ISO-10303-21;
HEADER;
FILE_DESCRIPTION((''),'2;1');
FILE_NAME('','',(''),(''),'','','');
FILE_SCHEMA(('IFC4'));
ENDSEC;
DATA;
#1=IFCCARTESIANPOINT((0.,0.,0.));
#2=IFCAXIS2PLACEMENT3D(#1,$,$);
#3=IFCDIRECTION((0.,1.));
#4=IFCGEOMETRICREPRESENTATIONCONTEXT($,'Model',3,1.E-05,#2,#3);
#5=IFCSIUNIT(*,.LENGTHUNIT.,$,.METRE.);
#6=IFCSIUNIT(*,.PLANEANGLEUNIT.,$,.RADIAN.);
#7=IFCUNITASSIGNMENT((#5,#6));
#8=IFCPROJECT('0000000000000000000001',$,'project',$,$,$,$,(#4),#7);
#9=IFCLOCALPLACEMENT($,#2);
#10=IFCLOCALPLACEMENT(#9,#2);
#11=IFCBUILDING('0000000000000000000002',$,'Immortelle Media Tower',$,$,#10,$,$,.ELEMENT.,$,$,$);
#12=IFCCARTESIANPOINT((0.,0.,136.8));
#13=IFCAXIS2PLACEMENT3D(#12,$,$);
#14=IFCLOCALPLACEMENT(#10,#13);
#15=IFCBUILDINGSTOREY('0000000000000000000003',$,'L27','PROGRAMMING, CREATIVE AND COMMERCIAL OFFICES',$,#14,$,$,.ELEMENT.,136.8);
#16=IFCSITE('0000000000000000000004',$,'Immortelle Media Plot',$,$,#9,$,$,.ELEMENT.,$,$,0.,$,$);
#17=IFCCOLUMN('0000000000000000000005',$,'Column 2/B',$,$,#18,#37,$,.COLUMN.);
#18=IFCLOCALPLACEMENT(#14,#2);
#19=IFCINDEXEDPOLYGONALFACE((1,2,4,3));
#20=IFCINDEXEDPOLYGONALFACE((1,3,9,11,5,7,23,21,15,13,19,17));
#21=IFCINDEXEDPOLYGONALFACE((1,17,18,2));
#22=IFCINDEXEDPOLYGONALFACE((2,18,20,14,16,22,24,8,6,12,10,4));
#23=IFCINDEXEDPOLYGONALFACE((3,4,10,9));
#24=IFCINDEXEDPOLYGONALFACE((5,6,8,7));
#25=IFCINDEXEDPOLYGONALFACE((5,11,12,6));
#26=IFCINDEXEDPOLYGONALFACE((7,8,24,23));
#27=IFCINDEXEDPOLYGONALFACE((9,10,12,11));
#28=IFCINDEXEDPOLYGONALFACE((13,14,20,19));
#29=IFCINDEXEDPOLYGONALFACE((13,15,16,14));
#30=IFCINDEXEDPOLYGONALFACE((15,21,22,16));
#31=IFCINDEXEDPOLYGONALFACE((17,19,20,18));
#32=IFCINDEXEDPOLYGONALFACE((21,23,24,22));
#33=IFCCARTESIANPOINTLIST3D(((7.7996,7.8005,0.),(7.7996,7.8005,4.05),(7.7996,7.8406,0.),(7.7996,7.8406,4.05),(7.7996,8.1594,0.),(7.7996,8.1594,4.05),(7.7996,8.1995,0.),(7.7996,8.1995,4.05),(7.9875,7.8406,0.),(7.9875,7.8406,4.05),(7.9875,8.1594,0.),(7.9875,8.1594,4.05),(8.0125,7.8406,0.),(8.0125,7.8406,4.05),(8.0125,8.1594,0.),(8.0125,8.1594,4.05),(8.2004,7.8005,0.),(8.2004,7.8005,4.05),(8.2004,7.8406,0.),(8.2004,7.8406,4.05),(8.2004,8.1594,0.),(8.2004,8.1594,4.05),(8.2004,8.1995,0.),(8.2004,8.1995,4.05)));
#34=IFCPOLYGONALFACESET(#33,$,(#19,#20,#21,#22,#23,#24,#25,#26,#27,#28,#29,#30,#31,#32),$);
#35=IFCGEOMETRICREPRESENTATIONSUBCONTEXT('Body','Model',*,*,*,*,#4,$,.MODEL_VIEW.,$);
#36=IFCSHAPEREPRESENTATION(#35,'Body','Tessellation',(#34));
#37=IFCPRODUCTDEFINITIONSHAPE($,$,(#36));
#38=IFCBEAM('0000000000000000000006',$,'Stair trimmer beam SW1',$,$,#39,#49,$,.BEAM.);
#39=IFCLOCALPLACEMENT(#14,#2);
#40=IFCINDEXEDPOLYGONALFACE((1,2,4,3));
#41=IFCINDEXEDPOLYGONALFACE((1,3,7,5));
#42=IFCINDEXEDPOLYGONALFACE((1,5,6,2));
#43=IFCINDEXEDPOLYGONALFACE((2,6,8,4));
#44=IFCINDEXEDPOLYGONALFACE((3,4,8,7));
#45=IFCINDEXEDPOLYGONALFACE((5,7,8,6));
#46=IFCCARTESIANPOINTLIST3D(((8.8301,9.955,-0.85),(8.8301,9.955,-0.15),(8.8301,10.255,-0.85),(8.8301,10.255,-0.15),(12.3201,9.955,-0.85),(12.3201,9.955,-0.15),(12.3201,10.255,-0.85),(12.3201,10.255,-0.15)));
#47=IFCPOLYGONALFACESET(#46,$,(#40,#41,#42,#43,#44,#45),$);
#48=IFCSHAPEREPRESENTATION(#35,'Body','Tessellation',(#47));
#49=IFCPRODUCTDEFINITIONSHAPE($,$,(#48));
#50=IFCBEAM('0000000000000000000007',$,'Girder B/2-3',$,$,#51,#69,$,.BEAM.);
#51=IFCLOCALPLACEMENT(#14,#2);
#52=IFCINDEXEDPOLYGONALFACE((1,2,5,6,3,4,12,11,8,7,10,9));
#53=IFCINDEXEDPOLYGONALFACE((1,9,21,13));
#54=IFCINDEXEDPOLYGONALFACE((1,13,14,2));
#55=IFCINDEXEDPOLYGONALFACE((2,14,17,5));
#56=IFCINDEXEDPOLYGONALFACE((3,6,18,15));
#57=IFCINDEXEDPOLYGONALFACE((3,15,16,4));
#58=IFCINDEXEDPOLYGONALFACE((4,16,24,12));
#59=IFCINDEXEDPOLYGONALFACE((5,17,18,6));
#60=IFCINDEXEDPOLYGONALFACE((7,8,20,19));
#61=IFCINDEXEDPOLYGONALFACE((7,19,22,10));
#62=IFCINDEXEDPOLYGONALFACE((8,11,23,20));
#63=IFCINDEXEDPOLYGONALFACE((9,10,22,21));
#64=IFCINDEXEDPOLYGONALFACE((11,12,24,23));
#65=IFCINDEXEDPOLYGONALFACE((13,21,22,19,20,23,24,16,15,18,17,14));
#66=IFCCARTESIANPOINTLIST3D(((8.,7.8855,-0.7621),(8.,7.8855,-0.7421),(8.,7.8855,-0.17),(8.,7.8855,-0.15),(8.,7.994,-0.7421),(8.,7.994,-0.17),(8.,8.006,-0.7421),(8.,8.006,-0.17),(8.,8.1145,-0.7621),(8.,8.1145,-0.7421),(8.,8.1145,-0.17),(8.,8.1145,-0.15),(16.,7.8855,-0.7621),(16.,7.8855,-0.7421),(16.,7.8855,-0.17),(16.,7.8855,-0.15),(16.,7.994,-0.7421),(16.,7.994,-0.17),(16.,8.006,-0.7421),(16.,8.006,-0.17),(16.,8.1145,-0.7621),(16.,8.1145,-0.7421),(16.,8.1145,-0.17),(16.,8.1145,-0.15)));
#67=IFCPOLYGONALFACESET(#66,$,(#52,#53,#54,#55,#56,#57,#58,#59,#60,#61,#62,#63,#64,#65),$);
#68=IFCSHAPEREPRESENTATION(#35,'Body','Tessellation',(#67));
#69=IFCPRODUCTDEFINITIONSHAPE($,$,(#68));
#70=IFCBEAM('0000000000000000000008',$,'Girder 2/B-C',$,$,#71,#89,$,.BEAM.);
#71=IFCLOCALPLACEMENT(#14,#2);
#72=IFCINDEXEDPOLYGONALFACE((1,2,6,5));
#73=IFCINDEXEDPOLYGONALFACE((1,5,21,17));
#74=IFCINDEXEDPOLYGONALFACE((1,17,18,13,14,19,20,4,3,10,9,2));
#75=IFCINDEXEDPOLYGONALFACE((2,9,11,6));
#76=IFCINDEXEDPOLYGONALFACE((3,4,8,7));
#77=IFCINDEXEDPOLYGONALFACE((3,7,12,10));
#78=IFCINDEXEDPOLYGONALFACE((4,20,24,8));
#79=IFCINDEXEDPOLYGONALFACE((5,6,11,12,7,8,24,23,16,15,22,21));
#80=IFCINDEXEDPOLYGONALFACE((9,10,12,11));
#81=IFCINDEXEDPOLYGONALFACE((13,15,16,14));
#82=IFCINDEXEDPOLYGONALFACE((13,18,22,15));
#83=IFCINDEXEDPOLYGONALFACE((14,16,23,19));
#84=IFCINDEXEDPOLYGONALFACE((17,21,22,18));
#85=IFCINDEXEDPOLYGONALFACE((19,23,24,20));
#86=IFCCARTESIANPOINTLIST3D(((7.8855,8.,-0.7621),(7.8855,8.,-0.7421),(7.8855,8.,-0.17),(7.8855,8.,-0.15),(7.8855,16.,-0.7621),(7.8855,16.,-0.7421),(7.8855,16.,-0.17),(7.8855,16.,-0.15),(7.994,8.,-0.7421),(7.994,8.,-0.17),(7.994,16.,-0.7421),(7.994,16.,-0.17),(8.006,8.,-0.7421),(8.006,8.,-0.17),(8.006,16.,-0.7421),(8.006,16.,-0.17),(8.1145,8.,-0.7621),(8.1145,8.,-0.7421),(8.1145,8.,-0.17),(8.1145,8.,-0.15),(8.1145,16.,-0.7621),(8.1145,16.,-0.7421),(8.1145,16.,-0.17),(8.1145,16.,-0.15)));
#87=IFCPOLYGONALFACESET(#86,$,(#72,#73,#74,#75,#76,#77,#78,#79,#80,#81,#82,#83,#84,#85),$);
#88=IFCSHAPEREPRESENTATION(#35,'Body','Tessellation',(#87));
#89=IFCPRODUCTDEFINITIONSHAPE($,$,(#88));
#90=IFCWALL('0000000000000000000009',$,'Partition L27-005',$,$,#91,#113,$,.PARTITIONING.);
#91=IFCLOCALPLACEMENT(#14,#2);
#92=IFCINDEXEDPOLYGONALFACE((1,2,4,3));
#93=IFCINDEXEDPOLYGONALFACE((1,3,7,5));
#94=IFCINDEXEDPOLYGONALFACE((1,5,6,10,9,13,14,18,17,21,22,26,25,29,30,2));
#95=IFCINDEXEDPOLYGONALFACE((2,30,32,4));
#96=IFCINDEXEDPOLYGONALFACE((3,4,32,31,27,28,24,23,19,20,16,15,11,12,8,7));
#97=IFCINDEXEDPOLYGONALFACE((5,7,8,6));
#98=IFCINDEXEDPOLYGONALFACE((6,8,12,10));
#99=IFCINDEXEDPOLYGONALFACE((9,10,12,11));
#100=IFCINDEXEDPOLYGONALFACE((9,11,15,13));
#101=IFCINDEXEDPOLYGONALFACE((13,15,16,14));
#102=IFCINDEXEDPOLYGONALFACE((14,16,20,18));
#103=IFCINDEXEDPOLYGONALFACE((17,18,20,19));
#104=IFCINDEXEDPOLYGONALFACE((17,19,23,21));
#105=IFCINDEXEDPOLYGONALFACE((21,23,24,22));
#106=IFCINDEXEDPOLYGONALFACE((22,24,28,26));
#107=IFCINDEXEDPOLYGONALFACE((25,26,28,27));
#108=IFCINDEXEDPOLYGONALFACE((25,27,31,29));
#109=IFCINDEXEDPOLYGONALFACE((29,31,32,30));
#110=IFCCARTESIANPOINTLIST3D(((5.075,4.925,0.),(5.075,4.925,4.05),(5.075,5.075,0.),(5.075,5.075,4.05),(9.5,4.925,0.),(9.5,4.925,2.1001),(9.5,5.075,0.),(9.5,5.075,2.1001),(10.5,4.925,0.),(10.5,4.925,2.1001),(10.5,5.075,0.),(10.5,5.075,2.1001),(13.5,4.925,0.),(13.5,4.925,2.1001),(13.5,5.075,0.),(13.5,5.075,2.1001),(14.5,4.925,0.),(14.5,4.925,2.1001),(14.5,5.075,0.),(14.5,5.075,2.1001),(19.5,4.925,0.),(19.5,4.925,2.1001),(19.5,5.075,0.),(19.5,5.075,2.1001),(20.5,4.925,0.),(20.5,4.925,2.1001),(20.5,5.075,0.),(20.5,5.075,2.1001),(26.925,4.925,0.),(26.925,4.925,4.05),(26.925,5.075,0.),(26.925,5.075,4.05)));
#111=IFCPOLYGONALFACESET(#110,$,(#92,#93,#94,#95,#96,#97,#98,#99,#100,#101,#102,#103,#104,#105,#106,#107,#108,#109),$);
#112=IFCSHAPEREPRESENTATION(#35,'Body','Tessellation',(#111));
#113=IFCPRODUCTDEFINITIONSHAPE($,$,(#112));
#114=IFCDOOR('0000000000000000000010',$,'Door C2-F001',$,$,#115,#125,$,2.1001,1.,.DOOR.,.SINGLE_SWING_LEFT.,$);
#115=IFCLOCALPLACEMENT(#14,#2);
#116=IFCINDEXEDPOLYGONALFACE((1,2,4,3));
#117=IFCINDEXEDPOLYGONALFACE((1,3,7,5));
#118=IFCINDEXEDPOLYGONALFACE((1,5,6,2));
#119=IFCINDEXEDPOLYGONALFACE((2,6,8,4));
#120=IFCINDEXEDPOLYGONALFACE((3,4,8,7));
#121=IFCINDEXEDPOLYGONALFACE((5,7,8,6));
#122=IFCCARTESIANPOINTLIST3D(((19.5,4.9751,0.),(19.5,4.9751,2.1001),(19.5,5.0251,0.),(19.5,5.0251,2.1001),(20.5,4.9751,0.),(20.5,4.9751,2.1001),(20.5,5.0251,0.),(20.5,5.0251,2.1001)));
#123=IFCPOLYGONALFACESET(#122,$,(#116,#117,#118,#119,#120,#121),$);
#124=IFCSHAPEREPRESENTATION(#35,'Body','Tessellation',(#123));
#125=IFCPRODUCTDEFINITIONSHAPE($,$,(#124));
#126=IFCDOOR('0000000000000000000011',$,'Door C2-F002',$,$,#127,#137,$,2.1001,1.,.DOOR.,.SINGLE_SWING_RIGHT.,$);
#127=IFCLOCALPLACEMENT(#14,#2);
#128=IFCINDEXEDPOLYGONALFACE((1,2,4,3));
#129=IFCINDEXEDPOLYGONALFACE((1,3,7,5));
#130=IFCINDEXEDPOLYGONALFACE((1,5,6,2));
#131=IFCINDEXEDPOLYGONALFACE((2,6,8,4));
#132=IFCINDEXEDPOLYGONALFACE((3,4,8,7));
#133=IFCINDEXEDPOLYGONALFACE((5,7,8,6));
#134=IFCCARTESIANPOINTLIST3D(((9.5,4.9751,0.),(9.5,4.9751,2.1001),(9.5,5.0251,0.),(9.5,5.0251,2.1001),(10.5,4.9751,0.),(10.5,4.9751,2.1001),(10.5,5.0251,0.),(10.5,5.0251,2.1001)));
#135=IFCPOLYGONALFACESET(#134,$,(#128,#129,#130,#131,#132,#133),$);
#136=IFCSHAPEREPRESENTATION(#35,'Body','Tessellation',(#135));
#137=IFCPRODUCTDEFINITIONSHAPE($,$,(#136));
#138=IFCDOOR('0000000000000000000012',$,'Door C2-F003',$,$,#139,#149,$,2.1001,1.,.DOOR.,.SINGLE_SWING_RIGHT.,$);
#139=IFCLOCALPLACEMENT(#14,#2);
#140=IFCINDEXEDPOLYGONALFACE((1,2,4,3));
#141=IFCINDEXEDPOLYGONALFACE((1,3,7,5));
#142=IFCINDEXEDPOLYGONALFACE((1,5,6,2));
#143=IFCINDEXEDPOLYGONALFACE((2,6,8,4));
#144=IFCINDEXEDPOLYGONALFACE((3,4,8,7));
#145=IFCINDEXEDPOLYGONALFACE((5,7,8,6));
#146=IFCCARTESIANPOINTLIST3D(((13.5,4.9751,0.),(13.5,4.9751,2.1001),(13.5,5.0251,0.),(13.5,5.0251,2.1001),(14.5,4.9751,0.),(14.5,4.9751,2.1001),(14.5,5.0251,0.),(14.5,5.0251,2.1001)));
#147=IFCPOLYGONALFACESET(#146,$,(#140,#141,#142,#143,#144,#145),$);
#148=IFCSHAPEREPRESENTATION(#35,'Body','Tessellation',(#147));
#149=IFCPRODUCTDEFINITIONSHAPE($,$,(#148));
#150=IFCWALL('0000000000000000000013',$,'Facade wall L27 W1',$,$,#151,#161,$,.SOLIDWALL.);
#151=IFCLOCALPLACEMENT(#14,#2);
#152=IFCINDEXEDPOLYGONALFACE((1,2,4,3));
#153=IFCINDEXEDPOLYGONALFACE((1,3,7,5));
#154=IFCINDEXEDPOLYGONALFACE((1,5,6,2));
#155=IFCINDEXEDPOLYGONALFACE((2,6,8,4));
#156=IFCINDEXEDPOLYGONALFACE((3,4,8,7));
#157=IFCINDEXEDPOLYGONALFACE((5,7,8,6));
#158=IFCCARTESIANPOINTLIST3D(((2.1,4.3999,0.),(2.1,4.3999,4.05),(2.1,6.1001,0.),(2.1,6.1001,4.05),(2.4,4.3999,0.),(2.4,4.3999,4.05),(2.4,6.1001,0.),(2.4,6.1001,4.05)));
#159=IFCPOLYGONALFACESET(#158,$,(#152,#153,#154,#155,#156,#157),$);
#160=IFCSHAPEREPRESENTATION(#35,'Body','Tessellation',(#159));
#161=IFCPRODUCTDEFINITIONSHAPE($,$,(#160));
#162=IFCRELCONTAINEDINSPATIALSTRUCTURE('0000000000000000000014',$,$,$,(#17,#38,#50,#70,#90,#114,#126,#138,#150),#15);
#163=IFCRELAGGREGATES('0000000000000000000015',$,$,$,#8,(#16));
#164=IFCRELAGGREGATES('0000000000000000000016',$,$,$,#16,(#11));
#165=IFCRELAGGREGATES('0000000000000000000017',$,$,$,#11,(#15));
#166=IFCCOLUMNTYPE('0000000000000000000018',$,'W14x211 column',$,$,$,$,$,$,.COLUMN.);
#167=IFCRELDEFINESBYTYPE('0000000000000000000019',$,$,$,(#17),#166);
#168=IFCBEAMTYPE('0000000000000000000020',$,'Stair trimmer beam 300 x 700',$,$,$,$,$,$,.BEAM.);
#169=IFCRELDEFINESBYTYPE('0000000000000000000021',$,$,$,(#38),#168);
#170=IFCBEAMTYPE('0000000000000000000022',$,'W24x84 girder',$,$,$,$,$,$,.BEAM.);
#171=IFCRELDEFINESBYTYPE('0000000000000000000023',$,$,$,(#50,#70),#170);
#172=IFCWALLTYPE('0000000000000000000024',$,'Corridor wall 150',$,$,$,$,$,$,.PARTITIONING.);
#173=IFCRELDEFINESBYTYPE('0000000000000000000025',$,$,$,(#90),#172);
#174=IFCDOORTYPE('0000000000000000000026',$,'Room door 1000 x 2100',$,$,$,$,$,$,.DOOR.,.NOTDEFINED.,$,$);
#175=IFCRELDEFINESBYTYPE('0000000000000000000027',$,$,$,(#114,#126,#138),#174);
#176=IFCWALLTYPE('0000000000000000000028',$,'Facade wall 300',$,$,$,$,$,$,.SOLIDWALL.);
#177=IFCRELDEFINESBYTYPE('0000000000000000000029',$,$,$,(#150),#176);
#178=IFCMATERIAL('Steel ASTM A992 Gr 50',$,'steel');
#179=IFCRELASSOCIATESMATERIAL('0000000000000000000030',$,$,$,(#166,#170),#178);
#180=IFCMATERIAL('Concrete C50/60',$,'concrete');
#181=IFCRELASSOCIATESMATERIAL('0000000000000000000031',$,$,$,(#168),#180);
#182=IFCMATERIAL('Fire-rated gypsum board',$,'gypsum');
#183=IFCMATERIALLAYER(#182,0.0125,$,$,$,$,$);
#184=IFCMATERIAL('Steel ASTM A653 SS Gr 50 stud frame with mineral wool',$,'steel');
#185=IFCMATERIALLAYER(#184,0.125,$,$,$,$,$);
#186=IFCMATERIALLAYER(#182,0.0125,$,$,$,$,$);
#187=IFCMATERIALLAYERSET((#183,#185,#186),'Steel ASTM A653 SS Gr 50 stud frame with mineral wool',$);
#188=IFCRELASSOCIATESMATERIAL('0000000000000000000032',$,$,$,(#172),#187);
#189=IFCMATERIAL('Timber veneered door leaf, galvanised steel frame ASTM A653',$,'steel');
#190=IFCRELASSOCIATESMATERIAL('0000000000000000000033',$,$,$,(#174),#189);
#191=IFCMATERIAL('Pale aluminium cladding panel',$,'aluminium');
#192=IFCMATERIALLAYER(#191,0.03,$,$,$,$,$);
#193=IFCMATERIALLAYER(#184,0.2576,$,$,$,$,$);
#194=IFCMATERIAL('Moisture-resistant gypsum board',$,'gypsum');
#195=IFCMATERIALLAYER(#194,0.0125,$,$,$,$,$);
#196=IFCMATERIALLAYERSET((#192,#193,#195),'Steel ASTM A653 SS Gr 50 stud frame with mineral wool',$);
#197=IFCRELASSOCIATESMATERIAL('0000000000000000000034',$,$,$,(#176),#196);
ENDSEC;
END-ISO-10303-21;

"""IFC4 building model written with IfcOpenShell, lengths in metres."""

from ifc_helpers import new_model, si_unit, direction, frame, frame_2d, origin, origin_2d, place, context, subcontext, project, spatial, rectangle, i_section, extrude, material, layer, layer_set, material_profile, profile_set, type_object, element, fill, save


model = new_model("IFC4")

# Units and contexts
model_context = context("Model", 3, precision=1e-05, world=origin(), true_north=direction((0.0, 1.0)))
body_context = subcontext(model_context, "Body", "Model", "MODEL_VIEW")
ifc_project = project(units=[si_unit("LENGTHUNIT", "METRE"), si_unit("PLANEANGLEUNIT", "RADIAN")], contexts=[model_context])

# Site, building, storey
site_placement = place(None, origin())
site = spatial("IfcSite", under=ifc_project, at=site_placement, Name="Immortelle Media Plot", CompositionType="ELEMENT", RefElevation=0.0)
building_placement = place(site_placement, origin())
building = spatial("IfcBuilding", under=site, at=building_placement, Name="Immortelle Media Tower", CompositionType="ELEMENT")
storey_placement = place(building_placement, frame((0.0, 0.0, 136.8)))
storey = spatial("IfcBuildingStorey", under=building, at=storey_placement, Name="L27", Description="PROGRAMMING, CREATIVE AND COMMERCIAL OFFICES", CompositionType="ELEMENT", Elevation=136.8)

# Column
ifc_material_1 = material(Name="Steel ASTM A992 Gr 50", Category="steel")
ifc_material_profile_1 = material_profile(ifc_material_1, i_section(OverallWidth=0.4009, OverallDepth=0.3989, WebThickness=0.0249, FlangeThickness=0.04, at=origin_2d()), Name="W14x211")
ifc_profile_set_1 = profile_set([ifc_material_profile_1], Name="Steel ASTM A992 Gr 50")
column_type = type_object("IfcColumnType", Name="W14x211 column", PredefinedType="COLUMN", material=ifc_profile_set_1)
column_placement = place(storey_placement, frame((8.0, 8.0, 0.0), z_axis=(0.0, 0.0, 1.0), x_axis=(1.0, 0.0, 0.0)))
element("IfcColumn", 1, at=column_placement, inside=storey, type_object=column_type, Name="Column 2/B", PredefinedType="COLUMN", context=body_context, shape_type="SweptSolid", body=[
    extrude(i_section(OverallWidth=0.4009, OverallDepth=0.3989, WebThickness=0.0249, FlangeThickness=0.04, at=origin_2d()), origin(), (0.0, 0.0, 1.0), 4.05),
])

# Beams
ifc_material_2 = material(Name="Concrete C50/60", Category="concrete")
ifc_material_profile_2 = material_profile(ifc_material_2, rectangle(XDim=0.3, YDim=0.7, at=origin_2d()), Name="RC 300x700")
ifc_profile_set_2 = profile_set([ifc_material_profile_2], Name="Concrete C50/60")
beam_type_1 = type_object("IfcBeamType", Name="Stair trimmer beam 300 x 700", PredefinedType="BEAM", material=ifc_profile_set_2)
beam_placement = place(storey_placement, frame((8.8301, 10.105, -0.5), z_axis=(1.0, 0.0, 0.0), x_axis=(0.0, 1.0, 0.0)))
element("IfcBeam", 2, at=beam_placement, inside=storey, type_object=beam_type_1, Name="Stair trimmer beam SW1", PredefinedType="BEAM", context=body_context, shape_type="SweptSolid", body=[
    extrude(rectangle(XDim=0.3, YDim=0.7, at=origin_2d()), origin(), (0.0, 0.0, 1.0), 3.49),
])
ifc_material_profile_3 = material_profile(ifc_material_1, i_section(OverallWidth=0.229, OverallDepth=0.6121, WebThickness=0.012, FlangeThickness=0.02, at=origin_2d()), Name="W24x84")
ifc_profile_set_3 = profile_set([ifc_material_profile_3], Name="Steel ASTM A992 Gr 50")
beam_type_2 = type_object("IfcBeamType", Name="W24x84 girder", PredefinedType="BEAM", material=ifc_profile_set_3)
for number, where, z_axis, x_axis, name in (
    (3, (8.0, 8.0, -0.4561), (1.0, 0.0, 0.0), (0.0, 1.0, 0.0), "Girder B/2-3"),
    (4, (8.0, 8.0, -0.4561), (0.0, 1.0, 0.0), (-1.0, 0.0, 0.0), "Girder 2/B-C"),
):
    element("IfcBeam", number, at=place(storey_placement, frame(where, z_axis=z_axis, x_axis=x_axis)), inside=storey, type_object=beam_type_2, Name=name, PredefinedType="BEAM", context=body_context, shape_type="SweptSolid", body=[
        extrude(i_section(OverallWidth=0.229, OverallDepth=0.6121, WebThickness=0.012, FlangeThickness=0.02, at=origin_2d()), origin(), (0.0, 0.0, 1.0), 8.0),
    ])

# Wall, openings, doors
ifc_material_3 = material(Name="Fire-rated gypsum board", Category="gypsum")
ifc_layer_1 = layer(ifc_material_3, 0.0125)
ifc_material_4 = material(Name="Steel ASTM A653 SS Gr 50 stud frame with mineral wool", Category="steel")
ifc_layer_2 = layer(ifc_material_4, 0.125)
ifc_layer_3 = layer(ifc_material_3, 0.0125)
ifc_layer_set_1 = layer_set([ifc_layer_1, ifc_layer_2, ifc_layer_3], Name="Steel ASTM A653 SS Gr 50 stud frame with mineral wool")
wall_type_1 = type_object("IfcWallType", Name="Corridor wall 150", PredefinedType="PARTITIONING", material=ifc_layer_set_1)
wall_1_placement = place(storey_placement, frame((5.075, 5.0, 0.0), z_axis=(0.0, 0.0, 1.0), x_axis=(1.0, 0.0, 0.0)))
wall_1 = element("IfcWall", 5, at=wall_1_placement, inside=storey, type_object=wall_type_1, Name="Partition L27-005", PredefinedType="PARTITIONING", context=body_context, shape_type="SweptSolid", body=[
    extrude(rectangle(XDim=21.8501, YDim=0.1499, at=frame_2d((10.925, 0.0))), origin(), (0.0, 0.0, 1.0), 4.05),
])
opening_1_placement = place(wall_1_placement, frame((15.425, 0.0, 0.0), z_axis=(0.0, 0.0, 1.0), x_axis=(-1.0, 0.0, 0.0)))
opening_1 = element("IfcOpeningElement", 6, at=opening_1_placement, cuts=wall_1, PredefinedType="OPENING", context=body_context, shape_type="SweptSolid", body=[
    extrude(rectangle(XDim=1.0, YDim=2.1001, at=frame_2d((0.5, 1.05))), frame((0.0, 0.085, 0.0), z_axis=(0.0, -1.0, 0.0), x_axis=(1.0, 0.0, 0.0)), (0.0, 0.0, 1.0), 0.1699),
])
opening_2_placement = place(wall_1_placement, frame((5.425, 0.0, 0.0), z_axis=(0.0, 0.0, 1.0), x_axis=(-1.0, 0.0, 0.0)))
opening_2 = element("IfcOpeningElement", 7, at=opening_2_placement, cuts=wall_1, PredefinedType="OPENING", context=body_context, shape_type="SweptSolid", body=[
    extrude(rectangle(XDim=1.0, YDim=2.1001, at=frame_2d((0.5, 1.05))), frame((0.0, 0.085, 0.0), z_axis=(0.0, -1.0, 0.0), x_axis=(1.0, 0.0, 0.0)), (0.0, 0.0, 1.0), 0.1699),
])
opening_3_placement = place(wall_1_placement, frame((9.425, 0.0, 0.0), z_axis=(0.0, 0.0, 1.0), x_axis=(-1.0, 0.0, 0.0)))
opening_3 = element("IfcOpeningElement", 8, at=opening_3_placement, cuts=wall_1, PredefinedType="OPENING", context=body_context, shape_type="SweptSolid", body=[
    extrude(rectangle(XDim=1.0, YDim=2.1001, at=frame_2d((0.5, 1.05))), frame((0.0, 0.085, 0.0), z_axis=(0.0, -1.0, 0.0), x_axis=(1.0, 0.0, 0.0)), (0.0, 0.0, 1.0), 0.1699),
])
ifc_material_5 = material(Name="Timber veneered door leaf, galvanised steel frame ASTM A653", Category="steel")
door_type_1 = type_object("IfcDoorType", Name="Room door 1000 x 2100", OperationType="NOTDEFINED", PredefinedType="DOOR", material=ifc_material_5)
door_1_placement = place(opening_1_placement, origin())
door_1 = element("IfcDoor", 9, at=door_1_placement, inside=storey, type_object=door_type_1, Name="Door C2-F001", OperationType="SINGLE_SWING_LEFT", OverallHeight=2.1001, OverallWidth=1.0, PredefinedType="DOOR", context=body_context, shape_type="SweptSolid", body=[
    extrude(rectangle(XDim=1.0, YDim=2.1001, at=frame_2d((0.5, 1.05))), frame((0.0, 0.0249, 0.0), z_axis=(0.0, -1.0, 0.0), x_axis=(1.0, 0.0, 0.0)), (0.0, 0.0, 1.0), 0.05),
])
fill(opening_1, door_1)
door_2_placement = place(opening_2_placement, origin())
door_2 = element("IfcDoor", 10, at=door_2_placement, inside=storey, type_object=door_type_1, Name="Door C2-F002", OperationType="SINGLE_SWING_RIGHT", OverallHeight=2.1001, OverallWidth=1.0, PredefinedType="DOOR", context=body_context, shape_type="SweptSolid", body=[
    extrude(rectangle(XDim=1.0, YDim=2.1001, at=frame_2d((0.5, 1.05))), frame((0.0, 0.0249, 0.0), z_axis=(0.0, -1.0, 0.0), x_axis=(1.0, 0.0, 0.0)), (0.0, 0.0, 1.0), 0.05),
])
fill(opening_2, door_2)
door_3_placement = place(opening_3_placement, origin())
door_3 = element("IfcDoor", 11, at=door_3_placement, inside=storey, type_object=door_type_1, Name="Door C2-F003", OperationType="SINGLE_SWING_RIGHT", OverallHeight=2.1001, OverallWidth=1.0, PredefinedType="DOOR", context=body_context, shape_type="SweptSolid", body=[
    extrude(rectangle(XDim=1.0, YDim=2.1001, at=frame_2d((0.5, 1.05))), frame((0.0, 0.0249, 0.0), z_axis=(0.0, -1.0, 0.0), x_axis=(1.0, 0.0, 0.0)), (0.0, 0.0, 1.0), 0.05),
])
fill(opening_3, door_3)

# Wall
ifc_material_6 = material(Name="Pale aluminium cladding panel", Category="aluminium")
ifc_layer_4 = layer(ifc_material_6, 0.03)
ifc_layer_5 = layer(ifc_material_4, 0.2576)
ifc_material_7 = material(Name="Moisture-resistant gypsum board", Category="gypsum")
ifc_layer_6 = layer(ifc_material_7, 0.0125)
ifc_layer_set_2 = layer_set([ifc_layer_4, ifc_layer_5, ifc_layer_6], Name="Steel ASTM A653 SS Gr 50 stud frame with mineral wool")
wall_type_2 = type_object("IfcWallType", Name="Facade wall 300", PredefinedType="SOLIDWALL", material=ifc_layer_set_2)
wall_2_placement = place(storey_placement, frame((2.25, 6.1001, 0.0), z_axis=(0.0, 0.0, 1.0), x_axis=(0.0, -1.0, 0.0)))
element("IfcWall", 12, at=wall_2_placement, inside=storey, type_object=wall_type_2, Name="Facade wall L27 W1", PredefinedType="SOLIDWALL", context=body_context, shape_type="SweptSolid", body=[
    extrude(rectangle(XDim=1.7002, YDim=0.3, at=frame_2d((0.8501, 0.0))), origin(), (0.0, 0.0, 1.0), 4.05),
])

save(model, "model.ifc")
